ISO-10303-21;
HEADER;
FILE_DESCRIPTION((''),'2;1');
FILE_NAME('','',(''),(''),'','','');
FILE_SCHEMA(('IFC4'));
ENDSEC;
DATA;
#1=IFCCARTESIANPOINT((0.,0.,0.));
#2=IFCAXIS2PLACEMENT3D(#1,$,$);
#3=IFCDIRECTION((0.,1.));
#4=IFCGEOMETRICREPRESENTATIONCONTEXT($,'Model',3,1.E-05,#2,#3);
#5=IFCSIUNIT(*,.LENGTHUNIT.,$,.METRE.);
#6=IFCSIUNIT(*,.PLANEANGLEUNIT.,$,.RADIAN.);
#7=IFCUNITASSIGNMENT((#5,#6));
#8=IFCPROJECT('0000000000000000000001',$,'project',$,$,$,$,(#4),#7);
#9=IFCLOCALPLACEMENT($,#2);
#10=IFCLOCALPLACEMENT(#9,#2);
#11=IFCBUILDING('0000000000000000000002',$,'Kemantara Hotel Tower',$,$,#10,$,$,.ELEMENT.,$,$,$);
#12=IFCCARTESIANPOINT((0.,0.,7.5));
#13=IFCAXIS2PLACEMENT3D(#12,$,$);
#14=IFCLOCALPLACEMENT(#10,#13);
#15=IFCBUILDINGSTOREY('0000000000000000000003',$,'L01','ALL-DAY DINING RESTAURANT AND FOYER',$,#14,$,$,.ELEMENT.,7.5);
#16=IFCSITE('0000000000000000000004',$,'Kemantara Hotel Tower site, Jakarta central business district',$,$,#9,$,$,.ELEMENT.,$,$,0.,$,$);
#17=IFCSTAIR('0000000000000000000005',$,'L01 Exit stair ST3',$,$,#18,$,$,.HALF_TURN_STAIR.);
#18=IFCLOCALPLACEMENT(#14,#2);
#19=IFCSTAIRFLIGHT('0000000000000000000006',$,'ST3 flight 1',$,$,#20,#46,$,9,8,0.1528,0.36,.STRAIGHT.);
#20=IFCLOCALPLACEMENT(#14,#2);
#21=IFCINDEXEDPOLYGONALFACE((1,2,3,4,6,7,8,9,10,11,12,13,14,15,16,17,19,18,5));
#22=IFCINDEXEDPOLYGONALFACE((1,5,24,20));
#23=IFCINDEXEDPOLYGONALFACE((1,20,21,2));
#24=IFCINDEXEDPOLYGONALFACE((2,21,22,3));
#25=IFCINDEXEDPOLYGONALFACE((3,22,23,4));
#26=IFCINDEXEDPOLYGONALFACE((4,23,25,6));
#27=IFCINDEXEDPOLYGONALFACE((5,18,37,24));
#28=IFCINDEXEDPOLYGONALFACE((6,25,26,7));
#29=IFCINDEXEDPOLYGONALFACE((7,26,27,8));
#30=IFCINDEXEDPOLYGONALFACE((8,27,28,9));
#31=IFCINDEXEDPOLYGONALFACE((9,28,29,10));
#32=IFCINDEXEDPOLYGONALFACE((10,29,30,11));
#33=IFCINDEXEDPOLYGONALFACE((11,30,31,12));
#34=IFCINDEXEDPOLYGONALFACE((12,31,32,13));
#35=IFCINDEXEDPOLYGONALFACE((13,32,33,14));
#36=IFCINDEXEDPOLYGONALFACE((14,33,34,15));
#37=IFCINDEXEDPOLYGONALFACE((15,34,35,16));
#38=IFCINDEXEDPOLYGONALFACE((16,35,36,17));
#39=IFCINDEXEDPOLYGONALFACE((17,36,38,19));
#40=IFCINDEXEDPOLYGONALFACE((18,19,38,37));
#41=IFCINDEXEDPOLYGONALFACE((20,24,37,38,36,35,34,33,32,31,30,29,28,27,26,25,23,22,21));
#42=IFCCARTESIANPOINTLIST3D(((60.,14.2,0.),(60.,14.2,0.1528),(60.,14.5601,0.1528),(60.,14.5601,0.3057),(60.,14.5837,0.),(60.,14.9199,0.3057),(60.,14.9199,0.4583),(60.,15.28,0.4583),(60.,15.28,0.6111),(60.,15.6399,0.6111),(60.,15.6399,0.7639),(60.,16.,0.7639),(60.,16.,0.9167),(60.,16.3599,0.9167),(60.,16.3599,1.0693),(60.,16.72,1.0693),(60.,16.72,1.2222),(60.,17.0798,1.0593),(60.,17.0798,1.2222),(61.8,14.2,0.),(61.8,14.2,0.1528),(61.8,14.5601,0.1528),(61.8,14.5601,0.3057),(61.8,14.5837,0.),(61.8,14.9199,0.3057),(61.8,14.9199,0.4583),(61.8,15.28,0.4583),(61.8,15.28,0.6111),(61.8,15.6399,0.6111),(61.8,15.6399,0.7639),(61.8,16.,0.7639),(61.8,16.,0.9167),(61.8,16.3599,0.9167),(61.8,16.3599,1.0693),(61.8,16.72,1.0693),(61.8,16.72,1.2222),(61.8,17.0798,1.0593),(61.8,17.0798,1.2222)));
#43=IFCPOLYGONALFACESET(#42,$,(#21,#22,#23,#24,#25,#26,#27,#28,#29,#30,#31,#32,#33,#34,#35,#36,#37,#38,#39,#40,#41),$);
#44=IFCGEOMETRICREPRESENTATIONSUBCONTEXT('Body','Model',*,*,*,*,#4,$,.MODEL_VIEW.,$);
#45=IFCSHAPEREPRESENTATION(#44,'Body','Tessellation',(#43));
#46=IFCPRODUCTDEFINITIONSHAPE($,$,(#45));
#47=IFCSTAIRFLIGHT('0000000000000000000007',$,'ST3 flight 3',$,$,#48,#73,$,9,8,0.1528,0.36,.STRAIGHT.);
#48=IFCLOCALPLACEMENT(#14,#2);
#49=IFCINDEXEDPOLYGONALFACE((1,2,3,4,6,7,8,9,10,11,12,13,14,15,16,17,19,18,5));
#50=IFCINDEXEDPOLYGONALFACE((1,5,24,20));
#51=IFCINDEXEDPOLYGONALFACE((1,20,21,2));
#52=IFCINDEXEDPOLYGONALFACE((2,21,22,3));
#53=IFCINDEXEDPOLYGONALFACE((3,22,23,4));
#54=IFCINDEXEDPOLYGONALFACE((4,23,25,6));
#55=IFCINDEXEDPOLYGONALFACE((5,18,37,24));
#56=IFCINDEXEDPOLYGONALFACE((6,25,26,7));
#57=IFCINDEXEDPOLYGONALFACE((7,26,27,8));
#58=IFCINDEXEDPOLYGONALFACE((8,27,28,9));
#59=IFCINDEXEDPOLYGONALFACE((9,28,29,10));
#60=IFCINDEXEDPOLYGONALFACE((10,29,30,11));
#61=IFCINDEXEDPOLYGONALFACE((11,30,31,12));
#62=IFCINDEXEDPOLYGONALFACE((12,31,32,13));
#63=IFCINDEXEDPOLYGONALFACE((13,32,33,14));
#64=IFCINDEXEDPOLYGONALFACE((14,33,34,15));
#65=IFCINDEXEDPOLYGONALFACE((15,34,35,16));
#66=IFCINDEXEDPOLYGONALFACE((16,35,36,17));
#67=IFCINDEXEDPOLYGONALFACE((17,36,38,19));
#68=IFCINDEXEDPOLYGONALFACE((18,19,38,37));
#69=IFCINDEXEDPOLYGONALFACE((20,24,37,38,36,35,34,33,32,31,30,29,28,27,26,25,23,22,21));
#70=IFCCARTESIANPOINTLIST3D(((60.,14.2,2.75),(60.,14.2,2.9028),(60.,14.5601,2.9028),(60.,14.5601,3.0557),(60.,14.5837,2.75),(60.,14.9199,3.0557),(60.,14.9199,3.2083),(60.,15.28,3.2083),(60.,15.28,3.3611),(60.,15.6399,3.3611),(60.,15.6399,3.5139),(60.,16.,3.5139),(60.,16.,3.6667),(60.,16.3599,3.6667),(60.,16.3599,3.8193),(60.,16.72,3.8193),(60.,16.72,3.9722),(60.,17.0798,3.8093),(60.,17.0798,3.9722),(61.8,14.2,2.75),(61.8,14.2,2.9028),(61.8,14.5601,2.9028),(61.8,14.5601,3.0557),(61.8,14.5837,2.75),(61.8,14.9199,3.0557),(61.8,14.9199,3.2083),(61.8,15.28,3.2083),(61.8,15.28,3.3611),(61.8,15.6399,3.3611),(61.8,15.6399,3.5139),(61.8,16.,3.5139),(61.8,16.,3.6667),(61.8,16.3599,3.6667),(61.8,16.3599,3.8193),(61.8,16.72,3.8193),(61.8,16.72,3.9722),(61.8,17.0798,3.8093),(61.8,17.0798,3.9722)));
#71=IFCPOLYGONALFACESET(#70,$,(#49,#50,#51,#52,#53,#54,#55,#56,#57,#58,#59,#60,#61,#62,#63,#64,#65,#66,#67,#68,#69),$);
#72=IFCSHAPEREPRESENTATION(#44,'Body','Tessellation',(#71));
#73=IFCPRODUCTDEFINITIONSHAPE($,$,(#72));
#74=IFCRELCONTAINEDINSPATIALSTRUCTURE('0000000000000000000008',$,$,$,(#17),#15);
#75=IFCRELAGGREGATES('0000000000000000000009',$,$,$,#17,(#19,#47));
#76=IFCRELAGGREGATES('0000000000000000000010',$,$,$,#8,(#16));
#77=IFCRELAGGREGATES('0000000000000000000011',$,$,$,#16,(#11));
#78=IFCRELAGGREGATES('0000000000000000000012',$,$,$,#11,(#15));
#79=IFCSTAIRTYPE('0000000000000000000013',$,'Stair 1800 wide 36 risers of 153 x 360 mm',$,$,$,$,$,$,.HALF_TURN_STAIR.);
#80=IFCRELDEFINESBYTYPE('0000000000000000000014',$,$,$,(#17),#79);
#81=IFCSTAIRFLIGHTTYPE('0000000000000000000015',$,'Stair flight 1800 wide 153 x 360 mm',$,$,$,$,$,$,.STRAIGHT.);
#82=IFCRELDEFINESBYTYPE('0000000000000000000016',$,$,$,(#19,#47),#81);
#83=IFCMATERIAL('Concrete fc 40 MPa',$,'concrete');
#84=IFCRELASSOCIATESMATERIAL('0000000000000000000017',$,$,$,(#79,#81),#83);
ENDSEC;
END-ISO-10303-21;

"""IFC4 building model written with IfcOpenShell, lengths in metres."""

from ifc_helpers import new_model, si_unit, direction, frame, origin, place, context, subcontext, project, spatial, polyline, outline, extrude, material, type_object, element, aggregate, save


model = new_model("IFC4")

# Units and contexts
model_context = context("Model", 3, precision=1e-05, world=origin(), true_north=direction((0.0, 1.0)))
body_context = subcontext(model_context, "Body", "Model", "MODEL_VIEW")
ifc_project = project(units=[si_unit("LENGTHUNIT", "METRE"), si_unit("PLANEANGLEUNIT", "RADIAN")], contexts=[model_context])

# Site, building, storey
site_placement = place(None, origin())
site = spatial("IfcSite", under=ifc_project, at=site_placement, Name="Kemantara Hotel Tower site, Jakarta central business district", CompositionType="ELEMENT", RefElevation=0.0)
building_placement = place(site_placement, origin())
building = spatial("IfcBuilding", under=site, at=building_placement, Name="Kemantara Hotel Tower", CompositionType="ELEMENT")
storey_placement = place(building_placement, frame((0.0, 0.0, 7.5)))
storey = spatial("IfcBuildingStorey", under=building, at=storey_placement, Name="L01", Description="ALL-DAY DINING RESTAURANT AND FOYER", CompositionType="ELEMENT", Elevation=7.5)

# Shared definitions
ifc_material_1 = material(Name="Concrete fc 40 MPa", Category="concrete")

# Stair, stair flights
stair_type = type_object("IfcStairType", Name="Stair 1800 wide 36 risers of 153 x 360 mm", PredefinedType="HALF_TURN_STAIR", material=ifc_material_1)
stair_placement = place(storey_placement, origin())
stair = element("IfcStair", 1, at=stair_placement, inside=storey, type_object=stair_type, Name="L01 Exit stair ST3", PredefinedType="HALF_TURN_STAIR")
stair_flight_type = type_object("IfcStairFlightType", Name="Stair flight 1800 wide 153 x 360 mm", PredefinedType="STRAIGHT", material=ifc_material_1)
stair_flight_1_placement = place(storey_placement, frame((60.8999, 14.2, 0.0), z_axis=(0.0, 0.0, 1.0), x_axis=(0.0, 1.0, 0.0)))
stair_flight_1 = element("IfcStairFlight", 2, at=stair_flight_1_placement, type_object=stair_flight_type, Name="ST3 flight 1", NumberOfRisers=9, NumberOfTreads=8, PredefinedType="STRAIGHT", RiserHeight=0.1528, TreadLength=0.36, context=body_context, shape_type="SweptSolid", body=[
    extrude(outline(polyline([(0.0, 0.0), (0.0, 0.1528), (0.3601, 0.1528), (0.3601, 0.3057), (0.72, 0.3057), (0.72, 0.4583), (1.0801, 0.4583), (1.0801, 0.6111), (1.4399, 0.6111), (1.4399, 0.7639), (1.8, 0.7639), (1.8, 0.9167), (2.1599, 0.9167), (2.1599, 1.0693), (2.52, 1.0693), (2.52, 1.2222), (2.8799, 1.2222), (2.8799, 1.375), (2.8799, 1.0593), (0.3838, 0.0), (0.0, 0.0)])), frame((0.0, 0.8999, 0.0), z_axis=(0.0, -1.0, 0.0), x_axis=(1.0, 0.0, 0.0)), (0.0, 0.0, 1.0), 1.8),
])
stair_flight_2_placement = place(storey_placement, frame((60.8999, 14.2, 2.75), z_axis=(0.0, 0.0, 1.0), x_axis=(0.0, 1.0, 0.0)))
stair_flight_2 = element("IfcStairFlight", 3, at=stair_flight_2_placement, type_object=stair_flight_type, Name="ST3 flight 3", NumberOfRisers=9, NumberOfTreads=8, PredefinedType="STRAIGHT", RiserHeight=0.1528, TreadLength=0.36, context=body_context, shape_type="SweptSolid", body=[
    extrude(outline(polyline([(0.0, 0.0), (0.0, 0.1528), (0.3601, 0.1528), (0.3601, 0.3057), (0.72, 0.3057), (0.72, 0.4583), (1.0801, 0.4583), (1.0801, 0.6111), (1.4399, 0.6111), (1.4399, 0.7639), (1.8, 0.7639), (1.8, 0.9167), (2.1599, 0.9167), (2.1599, 1.0693), (2.52, 1.0693), (2.52, 1.2222), (2.8799, 1.2222), (2.8799, 1.375), (2.8799, 1.0593), (0.3838, 0.0), (0.0, 0.0)])), frame((0.0, 0.8999, 0.0), z_axis=(0.0, -1.0, 0.0), x_axis=(1.0, 0.0, 0.0)), (0.0, 0.0, 1.0), 1.8),
])
aggregate(stair, [stair_flight_1, stair_flight_2])

save(model, "model.ifc")
